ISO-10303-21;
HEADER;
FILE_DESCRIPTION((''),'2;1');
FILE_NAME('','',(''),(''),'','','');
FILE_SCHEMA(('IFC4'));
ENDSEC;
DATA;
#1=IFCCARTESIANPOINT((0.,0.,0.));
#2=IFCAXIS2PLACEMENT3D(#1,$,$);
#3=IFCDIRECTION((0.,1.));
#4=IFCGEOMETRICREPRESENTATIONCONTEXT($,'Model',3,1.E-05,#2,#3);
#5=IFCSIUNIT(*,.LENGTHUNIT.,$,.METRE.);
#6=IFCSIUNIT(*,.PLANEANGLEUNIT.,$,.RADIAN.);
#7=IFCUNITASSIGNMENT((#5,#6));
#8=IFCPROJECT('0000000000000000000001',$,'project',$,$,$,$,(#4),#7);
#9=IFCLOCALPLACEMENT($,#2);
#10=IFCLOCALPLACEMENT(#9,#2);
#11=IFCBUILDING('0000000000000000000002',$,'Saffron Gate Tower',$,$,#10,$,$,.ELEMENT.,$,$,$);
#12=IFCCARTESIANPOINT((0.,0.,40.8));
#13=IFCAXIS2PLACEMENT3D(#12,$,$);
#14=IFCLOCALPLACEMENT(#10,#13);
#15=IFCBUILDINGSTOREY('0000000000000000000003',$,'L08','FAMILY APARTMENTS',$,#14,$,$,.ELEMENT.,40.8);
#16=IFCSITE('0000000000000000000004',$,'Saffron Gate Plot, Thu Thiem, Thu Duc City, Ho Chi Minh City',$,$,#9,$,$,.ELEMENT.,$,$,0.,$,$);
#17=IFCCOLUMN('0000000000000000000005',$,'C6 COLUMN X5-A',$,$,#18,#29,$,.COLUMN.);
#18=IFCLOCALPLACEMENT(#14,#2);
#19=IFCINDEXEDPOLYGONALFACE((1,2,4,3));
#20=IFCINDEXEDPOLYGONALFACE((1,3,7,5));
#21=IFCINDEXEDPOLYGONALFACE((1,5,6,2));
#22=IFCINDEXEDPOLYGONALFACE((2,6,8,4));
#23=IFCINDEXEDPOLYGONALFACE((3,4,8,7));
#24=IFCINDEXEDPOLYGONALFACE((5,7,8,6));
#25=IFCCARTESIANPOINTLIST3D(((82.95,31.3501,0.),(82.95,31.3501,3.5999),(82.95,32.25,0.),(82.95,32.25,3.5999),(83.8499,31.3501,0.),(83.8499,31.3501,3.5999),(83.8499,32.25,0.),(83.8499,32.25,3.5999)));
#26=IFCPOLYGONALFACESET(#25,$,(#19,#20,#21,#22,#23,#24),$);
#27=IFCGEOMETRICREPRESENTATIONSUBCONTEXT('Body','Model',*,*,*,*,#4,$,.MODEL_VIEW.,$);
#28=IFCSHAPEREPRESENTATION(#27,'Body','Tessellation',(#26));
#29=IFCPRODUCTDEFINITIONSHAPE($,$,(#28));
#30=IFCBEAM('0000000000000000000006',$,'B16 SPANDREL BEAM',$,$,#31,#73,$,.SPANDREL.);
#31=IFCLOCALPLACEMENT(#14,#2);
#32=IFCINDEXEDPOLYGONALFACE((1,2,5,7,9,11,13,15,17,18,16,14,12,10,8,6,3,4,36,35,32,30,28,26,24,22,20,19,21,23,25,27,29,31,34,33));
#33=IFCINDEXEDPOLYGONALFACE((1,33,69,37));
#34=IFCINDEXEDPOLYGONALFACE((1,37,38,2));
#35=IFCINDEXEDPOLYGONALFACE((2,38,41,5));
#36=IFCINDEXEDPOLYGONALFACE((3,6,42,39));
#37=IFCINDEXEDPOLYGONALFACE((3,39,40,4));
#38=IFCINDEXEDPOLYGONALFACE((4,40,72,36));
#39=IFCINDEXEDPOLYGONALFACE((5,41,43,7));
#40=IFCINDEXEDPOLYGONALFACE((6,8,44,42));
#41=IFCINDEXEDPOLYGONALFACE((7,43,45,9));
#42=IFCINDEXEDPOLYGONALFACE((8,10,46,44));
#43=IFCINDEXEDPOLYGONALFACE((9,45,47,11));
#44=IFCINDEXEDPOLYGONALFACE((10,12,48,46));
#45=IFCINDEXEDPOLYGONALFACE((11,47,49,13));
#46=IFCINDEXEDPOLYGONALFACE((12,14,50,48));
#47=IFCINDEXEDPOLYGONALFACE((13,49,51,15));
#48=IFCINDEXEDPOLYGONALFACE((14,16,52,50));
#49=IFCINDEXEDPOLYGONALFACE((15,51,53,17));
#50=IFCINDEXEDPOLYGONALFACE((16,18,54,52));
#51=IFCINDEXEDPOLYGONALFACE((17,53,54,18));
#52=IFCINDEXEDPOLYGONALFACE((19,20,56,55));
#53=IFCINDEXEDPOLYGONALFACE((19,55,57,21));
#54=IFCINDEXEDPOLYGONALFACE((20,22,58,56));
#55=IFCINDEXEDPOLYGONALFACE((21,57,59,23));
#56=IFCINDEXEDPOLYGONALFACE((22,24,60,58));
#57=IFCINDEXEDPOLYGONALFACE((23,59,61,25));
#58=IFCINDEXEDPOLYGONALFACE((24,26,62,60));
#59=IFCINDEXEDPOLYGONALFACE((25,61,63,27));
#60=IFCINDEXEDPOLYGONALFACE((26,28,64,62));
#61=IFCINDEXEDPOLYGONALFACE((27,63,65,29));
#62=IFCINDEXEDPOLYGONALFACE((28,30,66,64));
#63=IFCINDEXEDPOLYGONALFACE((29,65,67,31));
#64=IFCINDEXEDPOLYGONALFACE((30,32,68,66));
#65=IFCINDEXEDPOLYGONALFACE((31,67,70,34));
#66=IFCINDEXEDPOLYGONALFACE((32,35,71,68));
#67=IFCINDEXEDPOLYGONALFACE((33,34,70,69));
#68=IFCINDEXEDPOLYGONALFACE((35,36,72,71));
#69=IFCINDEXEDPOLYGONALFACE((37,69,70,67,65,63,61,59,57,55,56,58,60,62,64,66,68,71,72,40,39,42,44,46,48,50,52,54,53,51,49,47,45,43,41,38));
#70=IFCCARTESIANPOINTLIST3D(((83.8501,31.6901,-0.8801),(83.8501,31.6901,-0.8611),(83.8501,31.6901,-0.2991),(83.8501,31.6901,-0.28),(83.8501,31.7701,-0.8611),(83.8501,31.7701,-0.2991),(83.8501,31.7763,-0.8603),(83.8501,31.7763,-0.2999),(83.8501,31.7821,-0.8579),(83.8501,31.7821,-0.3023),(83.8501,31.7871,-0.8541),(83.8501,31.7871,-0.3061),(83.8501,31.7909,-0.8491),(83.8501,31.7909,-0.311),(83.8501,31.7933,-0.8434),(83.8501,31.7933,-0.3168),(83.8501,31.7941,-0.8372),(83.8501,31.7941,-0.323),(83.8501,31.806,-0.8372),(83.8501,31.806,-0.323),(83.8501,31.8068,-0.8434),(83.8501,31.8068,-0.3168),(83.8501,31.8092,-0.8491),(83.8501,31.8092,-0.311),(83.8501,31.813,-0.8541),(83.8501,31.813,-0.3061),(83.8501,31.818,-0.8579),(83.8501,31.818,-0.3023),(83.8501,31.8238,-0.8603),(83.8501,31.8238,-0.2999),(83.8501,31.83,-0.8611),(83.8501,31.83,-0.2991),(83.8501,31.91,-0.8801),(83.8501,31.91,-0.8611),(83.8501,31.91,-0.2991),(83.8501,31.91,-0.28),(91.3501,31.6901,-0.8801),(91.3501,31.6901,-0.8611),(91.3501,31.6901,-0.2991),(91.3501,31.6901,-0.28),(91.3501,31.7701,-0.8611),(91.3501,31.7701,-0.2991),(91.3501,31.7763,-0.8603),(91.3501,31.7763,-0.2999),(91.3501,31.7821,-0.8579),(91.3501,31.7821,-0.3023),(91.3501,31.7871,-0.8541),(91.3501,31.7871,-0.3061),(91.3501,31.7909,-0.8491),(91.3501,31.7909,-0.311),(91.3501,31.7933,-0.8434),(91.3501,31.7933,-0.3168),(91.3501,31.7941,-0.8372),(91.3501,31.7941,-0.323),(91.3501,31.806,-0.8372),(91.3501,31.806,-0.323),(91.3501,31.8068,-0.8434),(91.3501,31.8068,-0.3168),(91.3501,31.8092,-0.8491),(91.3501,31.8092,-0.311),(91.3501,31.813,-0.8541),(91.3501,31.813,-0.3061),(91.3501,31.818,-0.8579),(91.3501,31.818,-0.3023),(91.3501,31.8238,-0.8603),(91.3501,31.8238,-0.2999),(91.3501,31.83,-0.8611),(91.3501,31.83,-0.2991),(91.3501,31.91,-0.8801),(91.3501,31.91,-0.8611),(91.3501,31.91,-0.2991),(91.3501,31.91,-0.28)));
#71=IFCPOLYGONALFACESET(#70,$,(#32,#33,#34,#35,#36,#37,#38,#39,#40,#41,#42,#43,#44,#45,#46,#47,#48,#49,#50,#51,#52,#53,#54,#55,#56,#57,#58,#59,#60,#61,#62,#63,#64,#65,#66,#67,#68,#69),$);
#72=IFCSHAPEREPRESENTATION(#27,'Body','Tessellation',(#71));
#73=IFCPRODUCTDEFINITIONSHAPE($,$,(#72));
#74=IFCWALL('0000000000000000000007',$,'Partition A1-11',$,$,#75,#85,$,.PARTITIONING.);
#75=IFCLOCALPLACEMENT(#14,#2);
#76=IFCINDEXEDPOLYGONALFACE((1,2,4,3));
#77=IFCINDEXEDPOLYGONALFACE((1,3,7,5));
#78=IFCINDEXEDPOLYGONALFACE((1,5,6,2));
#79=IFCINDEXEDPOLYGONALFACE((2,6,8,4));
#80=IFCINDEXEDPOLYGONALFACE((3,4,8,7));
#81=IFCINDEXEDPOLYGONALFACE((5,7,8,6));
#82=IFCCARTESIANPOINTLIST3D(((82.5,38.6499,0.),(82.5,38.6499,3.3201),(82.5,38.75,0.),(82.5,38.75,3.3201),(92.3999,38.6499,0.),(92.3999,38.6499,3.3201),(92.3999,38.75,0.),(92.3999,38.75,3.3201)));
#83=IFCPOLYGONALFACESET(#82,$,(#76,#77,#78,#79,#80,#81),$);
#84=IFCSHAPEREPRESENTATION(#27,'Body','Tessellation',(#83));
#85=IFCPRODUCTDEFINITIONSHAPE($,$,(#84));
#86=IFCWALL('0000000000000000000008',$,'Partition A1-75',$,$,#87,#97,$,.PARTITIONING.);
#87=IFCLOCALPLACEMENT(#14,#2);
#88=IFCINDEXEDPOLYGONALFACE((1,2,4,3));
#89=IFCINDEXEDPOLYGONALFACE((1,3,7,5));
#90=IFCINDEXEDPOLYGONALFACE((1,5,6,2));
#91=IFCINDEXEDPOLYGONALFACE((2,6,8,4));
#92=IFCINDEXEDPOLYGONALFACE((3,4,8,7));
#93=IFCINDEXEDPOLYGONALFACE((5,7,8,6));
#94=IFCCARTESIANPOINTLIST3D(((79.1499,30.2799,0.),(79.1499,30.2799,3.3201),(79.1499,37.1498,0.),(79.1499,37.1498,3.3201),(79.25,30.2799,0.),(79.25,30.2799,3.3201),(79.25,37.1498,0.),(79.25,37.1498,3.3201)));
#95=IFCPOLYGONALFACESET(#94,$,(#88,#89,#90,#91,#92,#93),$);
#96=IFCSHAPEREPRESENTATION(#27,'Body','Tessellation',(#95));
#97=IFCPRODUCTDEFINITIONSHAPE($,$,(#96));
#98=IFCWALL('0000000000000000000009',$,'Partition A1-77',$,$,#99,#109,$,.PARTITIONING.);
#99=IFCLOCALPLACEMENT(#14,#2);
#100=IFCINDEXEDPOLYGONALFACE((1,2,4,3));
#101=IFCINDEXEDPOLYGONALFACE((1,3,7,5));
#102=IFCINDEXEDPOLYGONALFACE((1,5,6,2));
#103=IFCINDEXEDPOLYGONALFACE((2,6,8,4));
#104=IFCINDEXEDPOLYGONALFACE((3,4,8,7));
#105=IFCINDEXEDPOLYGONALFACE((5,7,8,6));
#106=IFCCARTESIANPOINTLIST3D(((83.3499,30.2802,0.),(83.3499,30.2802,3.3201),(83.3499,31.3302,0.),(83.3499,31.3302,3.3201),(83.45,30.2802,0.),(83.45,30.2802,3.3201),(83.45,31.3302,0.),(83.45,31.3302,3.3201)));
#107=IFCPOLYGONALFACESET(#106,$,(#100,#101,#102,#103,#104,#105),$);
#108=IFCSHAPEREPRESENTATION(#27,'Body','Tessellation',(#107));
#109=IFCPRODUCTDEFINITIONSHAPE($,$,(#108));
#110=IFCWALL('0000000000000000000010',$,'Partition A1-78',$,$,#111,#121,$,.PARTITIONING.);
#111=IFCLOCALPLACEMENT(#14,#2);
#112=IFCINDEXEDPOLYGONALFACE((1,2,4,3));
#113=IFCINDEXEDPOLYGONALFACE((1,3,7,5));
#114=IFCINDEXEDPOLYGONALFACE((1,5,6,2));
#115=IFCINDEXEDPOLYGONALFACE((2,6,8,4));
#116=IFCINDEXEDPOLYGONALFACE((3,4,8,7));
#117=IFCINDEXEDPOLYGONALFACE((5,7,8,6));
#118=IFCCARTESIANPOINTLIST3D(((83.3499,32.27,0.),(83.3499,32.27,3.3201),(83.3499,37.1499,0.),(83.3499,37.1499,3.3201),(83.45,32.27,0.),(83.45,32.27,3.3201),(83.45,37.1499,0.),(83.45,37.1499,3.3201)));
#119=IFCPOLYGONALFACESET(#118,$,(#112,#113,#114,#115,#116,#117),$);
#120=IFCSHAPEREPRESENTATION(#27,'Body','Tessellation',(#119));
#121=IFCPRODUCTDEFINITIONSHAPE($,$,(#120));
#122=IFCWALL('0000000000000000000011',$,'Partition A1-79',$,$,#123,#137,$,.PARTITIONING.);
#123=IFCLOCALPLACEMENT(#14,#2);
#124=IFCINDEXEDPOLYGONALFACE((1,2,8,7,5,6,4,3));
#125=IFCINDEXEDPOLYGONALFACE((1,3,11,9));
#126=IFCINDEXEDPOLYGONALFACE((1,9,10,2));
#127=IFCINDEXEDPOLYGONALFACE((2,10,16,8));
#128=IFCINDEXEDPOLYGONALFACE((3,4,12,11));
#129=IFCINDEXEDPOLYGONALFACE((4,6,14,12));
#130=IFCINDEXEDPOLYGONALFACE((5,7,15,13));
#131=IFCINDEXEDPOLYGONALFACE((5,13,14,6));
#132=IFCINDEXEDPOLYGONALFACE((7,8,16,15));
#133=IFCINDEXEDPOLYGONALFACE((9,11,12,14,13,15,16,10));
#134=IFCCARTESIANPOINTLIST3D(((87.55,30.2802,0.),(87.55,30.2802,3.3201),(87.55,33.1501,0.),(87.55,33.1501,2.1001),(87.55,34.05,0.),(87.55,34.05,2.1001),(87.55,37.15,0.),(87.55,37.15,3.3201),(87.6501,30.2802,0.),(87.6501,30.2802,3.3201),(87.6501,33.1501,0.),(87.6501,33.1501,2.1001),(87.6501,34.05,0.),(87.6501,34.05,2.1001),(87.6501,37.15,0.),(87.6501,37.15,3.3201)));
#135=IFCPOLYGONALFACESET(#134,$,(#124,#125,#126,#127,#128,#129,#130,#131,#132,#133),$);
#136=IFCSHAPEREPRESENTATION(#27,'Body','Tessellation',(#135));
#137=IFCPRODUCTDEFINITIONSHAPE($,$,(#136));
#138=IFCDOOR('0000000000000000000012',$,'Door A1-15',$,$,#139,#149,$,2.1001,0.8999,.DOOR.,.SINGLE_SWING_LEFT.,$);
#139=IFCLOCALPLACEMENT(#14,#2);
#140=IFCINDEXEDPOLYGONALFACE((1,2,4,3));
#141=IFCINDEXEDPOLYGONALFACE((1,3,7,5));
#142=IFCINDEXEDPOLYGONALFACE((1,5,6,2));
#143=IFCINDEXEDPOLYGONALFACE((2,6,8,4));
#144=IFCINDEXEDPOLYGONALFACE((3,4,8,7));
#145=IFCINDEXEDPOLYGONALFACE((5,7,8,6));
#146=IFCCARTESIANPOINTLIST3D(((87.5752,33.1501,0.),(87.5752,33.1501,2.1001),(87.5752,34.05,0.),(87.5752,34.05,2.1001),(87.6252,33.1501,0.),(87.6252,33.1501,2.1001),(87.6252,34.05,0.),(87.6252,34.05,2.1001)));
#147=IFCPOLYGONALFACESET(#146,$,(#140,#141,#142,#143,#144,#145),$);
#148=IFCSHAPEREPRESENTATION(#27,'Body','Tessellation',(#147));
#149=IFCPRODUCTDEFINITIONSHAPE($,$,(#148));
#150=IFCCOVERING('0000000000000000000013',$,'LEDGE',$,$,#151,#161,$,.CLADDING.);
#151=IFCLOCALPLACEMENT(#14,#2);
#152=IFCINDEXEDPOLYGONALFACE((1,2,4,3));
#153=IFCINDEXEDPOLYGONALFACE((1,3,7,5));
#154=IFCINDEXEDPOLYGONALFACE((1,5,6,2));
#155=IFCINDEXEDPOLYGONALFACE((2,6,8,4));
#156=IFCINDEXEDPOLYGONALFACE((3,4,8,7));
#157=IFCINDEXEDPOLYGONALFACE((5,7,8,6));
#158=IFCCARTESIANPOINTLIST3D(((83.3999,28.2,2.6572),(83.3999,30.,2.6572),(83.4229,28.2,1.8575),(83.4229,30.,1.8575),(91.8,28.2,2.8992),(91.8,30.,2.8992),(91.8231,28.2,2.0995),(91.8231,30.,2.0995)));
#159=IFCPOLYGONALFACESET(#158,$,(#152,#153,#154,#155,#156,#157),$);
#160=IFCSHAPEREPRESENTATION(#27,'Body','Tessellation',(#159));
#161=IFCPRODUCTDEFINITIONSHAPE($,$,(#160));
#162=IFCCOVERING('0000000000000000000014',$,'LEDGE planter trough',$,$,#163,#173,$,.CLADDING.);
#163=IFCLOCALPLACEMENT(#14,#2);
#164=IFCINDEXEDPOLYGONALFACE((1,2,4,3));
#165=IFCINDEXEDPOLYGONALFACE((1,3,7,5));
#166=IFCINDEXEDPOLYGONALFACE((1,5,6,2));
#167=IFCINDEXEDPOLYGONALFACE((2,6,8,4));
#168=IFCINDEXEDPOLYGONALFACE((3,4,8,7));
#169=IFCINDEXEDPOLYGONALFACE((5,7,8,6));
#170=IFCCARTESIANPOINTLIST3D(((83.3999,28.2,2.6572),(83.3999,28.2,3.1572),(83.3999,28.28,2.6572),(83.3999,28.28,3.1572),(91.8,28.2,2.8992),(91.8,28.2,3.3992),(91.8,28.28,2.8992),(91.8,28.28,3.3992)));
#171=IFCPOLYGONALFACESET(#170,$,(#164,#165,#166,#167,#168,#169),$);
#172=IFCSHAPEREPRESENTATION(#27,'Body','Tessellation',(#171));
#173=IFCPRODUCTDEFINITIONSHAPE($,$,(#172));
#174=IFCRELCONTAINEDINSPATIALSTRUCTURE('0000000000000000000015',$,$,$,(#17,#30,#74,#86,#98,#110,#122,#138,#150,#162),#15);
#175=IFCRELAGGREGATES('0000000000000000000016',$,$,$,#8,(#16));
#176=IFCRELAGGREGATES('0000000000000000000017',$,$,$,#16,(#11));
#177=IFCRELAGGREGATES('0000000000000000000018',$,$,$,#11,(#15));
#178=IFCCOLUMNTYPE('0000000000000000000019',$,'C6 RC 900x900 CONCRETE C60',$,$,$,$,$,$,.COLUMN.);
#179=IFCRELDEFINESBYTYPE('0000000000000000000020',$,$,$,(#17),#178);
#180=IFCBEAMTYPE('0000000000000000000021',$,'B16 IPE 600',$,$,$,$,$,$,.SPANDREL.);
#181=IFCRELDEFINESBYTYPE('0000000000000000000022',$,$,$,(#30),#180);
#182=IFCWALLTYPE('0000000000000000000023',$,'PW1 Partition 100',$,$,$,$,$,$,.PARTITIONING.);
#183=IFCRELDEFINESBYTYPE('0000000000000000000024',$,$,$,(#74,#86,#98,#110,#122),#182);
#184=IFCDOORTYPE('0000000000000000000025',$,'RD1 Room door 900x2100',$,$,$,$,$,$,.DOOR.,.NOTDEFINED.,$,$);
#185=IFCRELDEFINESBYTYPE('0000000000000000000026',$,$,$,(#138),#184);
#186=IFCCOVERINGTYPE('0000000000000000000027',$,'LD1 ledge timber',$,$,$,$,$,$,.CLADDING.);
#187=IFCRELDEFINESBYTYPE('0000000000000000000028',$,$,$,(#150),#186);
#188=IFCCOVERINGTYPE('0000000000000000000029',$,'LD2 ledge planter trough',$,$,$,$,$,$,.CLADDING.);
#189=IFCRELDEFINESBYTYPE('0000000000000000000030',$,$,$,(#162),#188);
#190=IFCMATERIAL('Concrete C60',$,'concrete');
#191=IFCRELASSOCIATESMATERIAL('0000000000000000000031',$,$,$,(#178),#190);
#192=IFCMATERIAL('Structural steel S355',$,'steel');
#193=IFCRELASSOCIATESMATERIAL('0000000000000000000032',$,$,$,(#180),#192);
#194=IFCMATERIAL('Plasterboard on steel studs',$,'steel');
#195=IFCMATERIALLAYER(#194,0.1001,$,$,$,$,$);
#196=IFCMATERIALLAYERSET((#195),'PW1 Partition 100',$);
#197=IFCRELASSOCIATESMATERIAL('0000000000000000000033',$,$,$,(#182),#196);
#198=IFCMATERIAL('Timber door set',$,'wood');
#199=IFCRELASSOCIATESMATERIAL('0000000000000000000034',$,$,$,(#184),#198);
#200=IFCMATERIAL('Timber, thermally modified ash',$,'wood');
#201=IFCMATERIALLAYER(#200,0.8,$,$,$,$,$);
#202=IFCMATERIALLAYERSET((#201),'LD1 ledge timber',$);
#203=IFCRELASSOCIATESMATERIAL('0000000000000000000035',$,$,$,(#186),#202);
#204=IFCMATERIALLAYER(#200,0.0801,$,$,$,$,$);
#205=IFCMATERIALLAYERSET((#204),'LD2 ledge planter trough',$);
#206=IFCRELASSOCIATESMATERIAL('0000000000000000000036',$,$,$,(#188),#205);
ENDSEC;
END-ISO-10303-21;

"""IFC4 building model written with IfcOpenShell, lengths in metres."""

from ifc_helpers import new_model, si_unit, direction, frame, frame_2d, origin, origin_2d, place, context, subcontext, project, spatial, polyline, rectangle, i_section, outline, extrude, material, layer, layer_set, material_profile, profile_set, type_object, element, fill, save


model = new_model("IFC4")

# Units and contexts
model_context = context("Model", 3, precision=1e-05, world=origin(), true_north=direction((0.0, 1.0)))
body_context = subcontext(model_context, "Body", "Model", "MODEL_VIEW")
ifc_project = project(units=[si_unit("LENGTHUNIT", "METRE"), si_unit("PLANEANGLEUNIT", "RADIAN")], contexts=[model_context])

# Site, building, storey
site_placement = place(None, origin())
site = spatial("IfcSite", under=ifc_project, at=site_placement, Name="Saffron Gate Plot, Thu Thiem, Thu Duc City, Ho Chi Minh City", CompositionType="ELEMENT", RefElevation=0.0)
building_placement = place(site_placement, origin())
building = spatial("IfcBuilding", under=site, at=building_placement, Name="Saffron Gate Tower", CompositionType="ELEMENT")
storey_placement = place(building_placement, frame((0.0, 0.0, 40.8)))
storey = spatial("IfcBuildingStorey", under=building, at=storey_placement, Name="L08", Description="FAMILY APARTMENTS", CompositionType="ELEMENT", Elevation=40.8)

# Column
ifc_material_1 = material(Name="Concrete C60", Category="concrete")
ifc_material_profile_1 = material_profile(ifc_material_1, rectangle(XDim=0.8999, YDim=0.8999, at=origin_2d()))
ifc_profile_set_1 = profile_set([ifc_material_profile_1], Name="Concrete C60")
column_type = type_object("IfcColumnType", Name="C6 RC 900x900 CONCRETE C60", PredefinedType="COLUMN", material=ifc_profile_set_1)
column_placement = place(storey_placement, frame((83.3999, 31.8, 0.0), z_axis=(0.0, 0.0, 1.0), x_axis=(1.0, 0.0, 0.0)))
element("IfcColumn", 1, at=column_placement, inside=storey, type_object=column_type, Name="C6 COLUMN X5-A", PredefinedType="COLUMN", context=body_context, shape_type="SweptSolid", body=[
    extrude(rectangle(XDim=0.8999, YDim=0.8999, at=origin_2d()), origin(), (0.0, 0.0, 1.0), 3.5999),
])

# Beam
ifc_material_2 = material(Name="Structural steel S355", Category="steel")
ifc_material_profile_2 = material_profile(ifc_material_2, i_section(OverallWidth=0.22, OverallDepth=0.6001, WebThickness=0.012, FlangeThickness=0.019, FilletRadius=0.0239, at=origin_2d()))
ifc_profile_set_2 = profile_set([ifc_material_profile_2], Name="Structural steel S355")
beam_type = type_object("IfcBeamType", Name="B16 IPE 600", PredefinedType="SPANDREL", material=ifc_profile_set_2)
beam_placement = place(storey_placement, frame((83.8501, 31.8, -0.5801), z_axis=(1.0, 0.0, 0.0), x_axis=(0.0, 1.0, 0.0)))
element("IfcBeam", 2, at=beam_placement, inside=storey, type_object=beam_type, Name="B16 SPANDREL BEAM", PredefinedType="SPANDREL", context=body_context, shape_type="SweptSolid", body=[
    extrude(i_section(OverallWidth=0.22, OverallDepth=0.6001, WebThickness=0.012, FlangeThickness=0.019, FilletRadius=0.0239, at=origin_2d()), origin(), (0.0, 0.0, 1.0), 7.5),
])

# Walls
ifc_material_3 = material(Name="Plasterboard on steel studs", Category="steel")
ifc_layer_1 = layer(ifc_material_3, 0.1001)
ifc_layer_set_1 = layer_set([ifc_layer_1], Name="PW1 Partition 100")
wall_type = type_object("IfcWallType", Name="PW1 Partition 100", PredefinedType="PARTITIONING", material=ifc_layer_set_1)
wall_1_placement = place(storey_placement, frame((82.5, 38.7, 0.0), z_axis=(0.0, 0.0, 1.0), x_axis=(1.0, 0.0, 0.0)))
element("IfcWall", 3, at=wall_1_placement, inside=storey, type_object=wall_type, Name="Partition A1-11", PredefinedType="PARTITIONING", context=body_context, shape_type="SweptSolid", body=[
    extrude(rectangle(XDim=9.8999, YDim=0.1001, at=frame_2d((4.95, 0.0))), origin(), (0.0, 0.0, 1.0), 3.3201),
])
wall_2_placement = place(storey_placement, frame((79.2, 37.1499, 0.0), z_axis=(0.0, 0.0, 1.0), x_axis=(0.0, -1.0, 0.0)))
element("IfcWall", 4, at=wall_2_placement, inside=storey, type_object=wall_type, Name="Partition A1-75", PredefinedType="PARTITIONING", context=body_context, shape_type="SweptSolid", body=[
    extrude(rectangle(XDim=6.8699, YDim=0.1001, at=frame_2d((3.4351, 0.0))), origin(), (0.0, 0.0, 1.0), 3.3201),
])
wall_3_placement = place(storey_placement, frame((83.3999, 31.3301, 0.0), z_axis=(0.0, 0.0, 1.0), x_axis=(0.0, -1.0, 0.0)))
element("IfcWall", 5, at=wall_3_placement, inside=storey, type_object=wall_type, Name="Partition A1-77", PredefinedType="PARTITIONING", context=body_context, shape_type="SweptSolid", body=[
    extrude(rectangle(XDim=1.05, YDim=0.1001, at=frame_2d((0.5249, 0.0))), origin(), (0.0, 0.0, 1.0), 3.3201),
])
wall_4_placement = place(storey_placement, frame((83.3999, 37.1499, 0.0), z_axis=(0.0, 0.0, 1.0), x_axis=(0.0, -1.0, 0.0)))
element("IfcWall", 6, at=wall_4_placement, inside=storey, type_object=wall_type, Name="Partition A1-78", PredefinedType="PARTITIONING", context=body_context, shape_type="SweptSolid", body=[
    extrude(rectangle(XDim=4.8799, YDim=0.1001, at=frame_2d((2.4399, 0.0))), origin(), (0.0, 0.0, 1.0), 3.3201),
])

# Wall, opening, door
wall_5_placement = place(storey_placement, frame((87.6001, 30.28, 0.0), z_axis=(0.0, 0.0, 1.0), x_axis=(0.0, 1.0, 0.0)))
wall_5 = element("IfcWall", 7, at=wall_5_placement, inside=storey, type_object=wall_type, Name="Partition A1-79", PredefinedType="PARTITIONING", context=body_context, shape_type="SweptSolid", body=[
    extrude(rectangle(XDim=6.8699, YDim=0.1001, at=frame_2d((3.4351, 0.0))), origin(), (0.0, 0.0, 1.0), 3.3201),
])
opening_placement = place(wall_5_placement, frame((2.8701, 0.0, 0.0)))
opening = element("IfcOpeningElement", 8, at=opening_placement, cuts=wall_5, PredefinedType="OPENING", context=body_context, shape_type="SweptSolid", body=[
    extrude(rectangle(XDim=0.8999, YDim=2.1001, at=frame_2d((0.45, 1.05))), frame((0.0, 0.0601, 0.0), z_axis=(0.0, -1.0, 0.0), x_axis=(1.0, 0.0, 0.0)), (0.0, 0.0, 1.0), 0.1201),
])
ifc_material_4 = material(Name="Timber door set", Category="wood")
door_type = type_object("IfcDoorType", Name="RD1 Room door 900x2100", OperationType="NOTDEFINED", PredefinedType="DOOR", material=ifc_material_4)
door_placement = place(opening_placement, origin())
door = element("IfcDoor", 9, at=door_placement, inside=storey, type_object=door_type, Name="Door A1-15", OperationType="SINGLE_SWING_LEFT", OverallHeight=2.1001, OverallWidth=0.8999, PredefinedType="DOOR", context=body_context, shape_type="SweptSolid", body=[
    extrude(rectangle(XDim=0.8999, YDim=2.1001, at=frame_2d((0.45, 1.05))), frame((0.0, 0.0249, 0.0), z_axis=(0.0, -1.0, 0.0), x_axis=(1.0, 0.0, 0.0)), (0.0, 0.0, 1.0), 0.05),
])
fill(opening, door)

# Coverings
ifc_material_5 = material(Name="Timber, thermally modified ash", Category="wood")
ifc_layer_2 = layer(ifc_material_5, 0.8)
ifc_layer_set_2 = layer_set([ifc_layer_2], Name="LD1 ledge timber")
covering_type_1 = type_object("IfcCoveringType", Name="LD1 ledge timber", PredefinedType="CLADDING", material=ifc_layer_set_2)
covering_1_placement = place(storey_placement, frame((83.3999, 30.0, 2.6572), z_axis=(-0.02879, 0.0, 0.999585), x_axis=(0.999585, 0.0, 0.02879)))
element("IfcCovering", 10, at=covering_1_placement, inside=storey, type_object=covering_type_1, Name="LEDGE", PredefinedType="CLADDING", context=body_context, shape_type="SweptSolid", body=[
    extrude(outline(polyline([(0.0, 0.0), (8.4036, 0.0), (8.4036, -1.8), (0.0, -1.8), (0.0, 0.0)])), origin(), (0.0, 0.0, -1.0), 0.8),
])
ifc_layer_3 = layer(ifc_material_5, 0.0801)
ifc_layer_set_3 = layer_set([ifc_layer_3], Name="LD2 ledge planter trough")
covering_type_2 = type_object("IfcCoveringType", Name="LD2 ledge planter trough", PredefinedType="CLADDING", material=ifc_layer_set_3)
covering_2_placement = place(storey_placement, frame((83.3999, 28.2, 2.6572), z_axis=(0.0, -1.0, 0.0), x_axis=(0.999585, 0.0, 0.02879)))
element("IfcCovering", 11, at=covering_2_placement, inside=storey, type_object=covering_type_2, Name="LEDGE planter trough", PredefinedType="CLADDING", context=body_context, shape_type="SweptSolid", body=[
    extrude(outline(polyline([(0.0, 0.0), (8.4036, 0.0), (8.418, 0.4998), (0.0144, 0.4998), (0.0, 0.0)])), origin(), (0.0, 0.0, -1.0), 0.0801),
])

save(model, "model.ifc")
